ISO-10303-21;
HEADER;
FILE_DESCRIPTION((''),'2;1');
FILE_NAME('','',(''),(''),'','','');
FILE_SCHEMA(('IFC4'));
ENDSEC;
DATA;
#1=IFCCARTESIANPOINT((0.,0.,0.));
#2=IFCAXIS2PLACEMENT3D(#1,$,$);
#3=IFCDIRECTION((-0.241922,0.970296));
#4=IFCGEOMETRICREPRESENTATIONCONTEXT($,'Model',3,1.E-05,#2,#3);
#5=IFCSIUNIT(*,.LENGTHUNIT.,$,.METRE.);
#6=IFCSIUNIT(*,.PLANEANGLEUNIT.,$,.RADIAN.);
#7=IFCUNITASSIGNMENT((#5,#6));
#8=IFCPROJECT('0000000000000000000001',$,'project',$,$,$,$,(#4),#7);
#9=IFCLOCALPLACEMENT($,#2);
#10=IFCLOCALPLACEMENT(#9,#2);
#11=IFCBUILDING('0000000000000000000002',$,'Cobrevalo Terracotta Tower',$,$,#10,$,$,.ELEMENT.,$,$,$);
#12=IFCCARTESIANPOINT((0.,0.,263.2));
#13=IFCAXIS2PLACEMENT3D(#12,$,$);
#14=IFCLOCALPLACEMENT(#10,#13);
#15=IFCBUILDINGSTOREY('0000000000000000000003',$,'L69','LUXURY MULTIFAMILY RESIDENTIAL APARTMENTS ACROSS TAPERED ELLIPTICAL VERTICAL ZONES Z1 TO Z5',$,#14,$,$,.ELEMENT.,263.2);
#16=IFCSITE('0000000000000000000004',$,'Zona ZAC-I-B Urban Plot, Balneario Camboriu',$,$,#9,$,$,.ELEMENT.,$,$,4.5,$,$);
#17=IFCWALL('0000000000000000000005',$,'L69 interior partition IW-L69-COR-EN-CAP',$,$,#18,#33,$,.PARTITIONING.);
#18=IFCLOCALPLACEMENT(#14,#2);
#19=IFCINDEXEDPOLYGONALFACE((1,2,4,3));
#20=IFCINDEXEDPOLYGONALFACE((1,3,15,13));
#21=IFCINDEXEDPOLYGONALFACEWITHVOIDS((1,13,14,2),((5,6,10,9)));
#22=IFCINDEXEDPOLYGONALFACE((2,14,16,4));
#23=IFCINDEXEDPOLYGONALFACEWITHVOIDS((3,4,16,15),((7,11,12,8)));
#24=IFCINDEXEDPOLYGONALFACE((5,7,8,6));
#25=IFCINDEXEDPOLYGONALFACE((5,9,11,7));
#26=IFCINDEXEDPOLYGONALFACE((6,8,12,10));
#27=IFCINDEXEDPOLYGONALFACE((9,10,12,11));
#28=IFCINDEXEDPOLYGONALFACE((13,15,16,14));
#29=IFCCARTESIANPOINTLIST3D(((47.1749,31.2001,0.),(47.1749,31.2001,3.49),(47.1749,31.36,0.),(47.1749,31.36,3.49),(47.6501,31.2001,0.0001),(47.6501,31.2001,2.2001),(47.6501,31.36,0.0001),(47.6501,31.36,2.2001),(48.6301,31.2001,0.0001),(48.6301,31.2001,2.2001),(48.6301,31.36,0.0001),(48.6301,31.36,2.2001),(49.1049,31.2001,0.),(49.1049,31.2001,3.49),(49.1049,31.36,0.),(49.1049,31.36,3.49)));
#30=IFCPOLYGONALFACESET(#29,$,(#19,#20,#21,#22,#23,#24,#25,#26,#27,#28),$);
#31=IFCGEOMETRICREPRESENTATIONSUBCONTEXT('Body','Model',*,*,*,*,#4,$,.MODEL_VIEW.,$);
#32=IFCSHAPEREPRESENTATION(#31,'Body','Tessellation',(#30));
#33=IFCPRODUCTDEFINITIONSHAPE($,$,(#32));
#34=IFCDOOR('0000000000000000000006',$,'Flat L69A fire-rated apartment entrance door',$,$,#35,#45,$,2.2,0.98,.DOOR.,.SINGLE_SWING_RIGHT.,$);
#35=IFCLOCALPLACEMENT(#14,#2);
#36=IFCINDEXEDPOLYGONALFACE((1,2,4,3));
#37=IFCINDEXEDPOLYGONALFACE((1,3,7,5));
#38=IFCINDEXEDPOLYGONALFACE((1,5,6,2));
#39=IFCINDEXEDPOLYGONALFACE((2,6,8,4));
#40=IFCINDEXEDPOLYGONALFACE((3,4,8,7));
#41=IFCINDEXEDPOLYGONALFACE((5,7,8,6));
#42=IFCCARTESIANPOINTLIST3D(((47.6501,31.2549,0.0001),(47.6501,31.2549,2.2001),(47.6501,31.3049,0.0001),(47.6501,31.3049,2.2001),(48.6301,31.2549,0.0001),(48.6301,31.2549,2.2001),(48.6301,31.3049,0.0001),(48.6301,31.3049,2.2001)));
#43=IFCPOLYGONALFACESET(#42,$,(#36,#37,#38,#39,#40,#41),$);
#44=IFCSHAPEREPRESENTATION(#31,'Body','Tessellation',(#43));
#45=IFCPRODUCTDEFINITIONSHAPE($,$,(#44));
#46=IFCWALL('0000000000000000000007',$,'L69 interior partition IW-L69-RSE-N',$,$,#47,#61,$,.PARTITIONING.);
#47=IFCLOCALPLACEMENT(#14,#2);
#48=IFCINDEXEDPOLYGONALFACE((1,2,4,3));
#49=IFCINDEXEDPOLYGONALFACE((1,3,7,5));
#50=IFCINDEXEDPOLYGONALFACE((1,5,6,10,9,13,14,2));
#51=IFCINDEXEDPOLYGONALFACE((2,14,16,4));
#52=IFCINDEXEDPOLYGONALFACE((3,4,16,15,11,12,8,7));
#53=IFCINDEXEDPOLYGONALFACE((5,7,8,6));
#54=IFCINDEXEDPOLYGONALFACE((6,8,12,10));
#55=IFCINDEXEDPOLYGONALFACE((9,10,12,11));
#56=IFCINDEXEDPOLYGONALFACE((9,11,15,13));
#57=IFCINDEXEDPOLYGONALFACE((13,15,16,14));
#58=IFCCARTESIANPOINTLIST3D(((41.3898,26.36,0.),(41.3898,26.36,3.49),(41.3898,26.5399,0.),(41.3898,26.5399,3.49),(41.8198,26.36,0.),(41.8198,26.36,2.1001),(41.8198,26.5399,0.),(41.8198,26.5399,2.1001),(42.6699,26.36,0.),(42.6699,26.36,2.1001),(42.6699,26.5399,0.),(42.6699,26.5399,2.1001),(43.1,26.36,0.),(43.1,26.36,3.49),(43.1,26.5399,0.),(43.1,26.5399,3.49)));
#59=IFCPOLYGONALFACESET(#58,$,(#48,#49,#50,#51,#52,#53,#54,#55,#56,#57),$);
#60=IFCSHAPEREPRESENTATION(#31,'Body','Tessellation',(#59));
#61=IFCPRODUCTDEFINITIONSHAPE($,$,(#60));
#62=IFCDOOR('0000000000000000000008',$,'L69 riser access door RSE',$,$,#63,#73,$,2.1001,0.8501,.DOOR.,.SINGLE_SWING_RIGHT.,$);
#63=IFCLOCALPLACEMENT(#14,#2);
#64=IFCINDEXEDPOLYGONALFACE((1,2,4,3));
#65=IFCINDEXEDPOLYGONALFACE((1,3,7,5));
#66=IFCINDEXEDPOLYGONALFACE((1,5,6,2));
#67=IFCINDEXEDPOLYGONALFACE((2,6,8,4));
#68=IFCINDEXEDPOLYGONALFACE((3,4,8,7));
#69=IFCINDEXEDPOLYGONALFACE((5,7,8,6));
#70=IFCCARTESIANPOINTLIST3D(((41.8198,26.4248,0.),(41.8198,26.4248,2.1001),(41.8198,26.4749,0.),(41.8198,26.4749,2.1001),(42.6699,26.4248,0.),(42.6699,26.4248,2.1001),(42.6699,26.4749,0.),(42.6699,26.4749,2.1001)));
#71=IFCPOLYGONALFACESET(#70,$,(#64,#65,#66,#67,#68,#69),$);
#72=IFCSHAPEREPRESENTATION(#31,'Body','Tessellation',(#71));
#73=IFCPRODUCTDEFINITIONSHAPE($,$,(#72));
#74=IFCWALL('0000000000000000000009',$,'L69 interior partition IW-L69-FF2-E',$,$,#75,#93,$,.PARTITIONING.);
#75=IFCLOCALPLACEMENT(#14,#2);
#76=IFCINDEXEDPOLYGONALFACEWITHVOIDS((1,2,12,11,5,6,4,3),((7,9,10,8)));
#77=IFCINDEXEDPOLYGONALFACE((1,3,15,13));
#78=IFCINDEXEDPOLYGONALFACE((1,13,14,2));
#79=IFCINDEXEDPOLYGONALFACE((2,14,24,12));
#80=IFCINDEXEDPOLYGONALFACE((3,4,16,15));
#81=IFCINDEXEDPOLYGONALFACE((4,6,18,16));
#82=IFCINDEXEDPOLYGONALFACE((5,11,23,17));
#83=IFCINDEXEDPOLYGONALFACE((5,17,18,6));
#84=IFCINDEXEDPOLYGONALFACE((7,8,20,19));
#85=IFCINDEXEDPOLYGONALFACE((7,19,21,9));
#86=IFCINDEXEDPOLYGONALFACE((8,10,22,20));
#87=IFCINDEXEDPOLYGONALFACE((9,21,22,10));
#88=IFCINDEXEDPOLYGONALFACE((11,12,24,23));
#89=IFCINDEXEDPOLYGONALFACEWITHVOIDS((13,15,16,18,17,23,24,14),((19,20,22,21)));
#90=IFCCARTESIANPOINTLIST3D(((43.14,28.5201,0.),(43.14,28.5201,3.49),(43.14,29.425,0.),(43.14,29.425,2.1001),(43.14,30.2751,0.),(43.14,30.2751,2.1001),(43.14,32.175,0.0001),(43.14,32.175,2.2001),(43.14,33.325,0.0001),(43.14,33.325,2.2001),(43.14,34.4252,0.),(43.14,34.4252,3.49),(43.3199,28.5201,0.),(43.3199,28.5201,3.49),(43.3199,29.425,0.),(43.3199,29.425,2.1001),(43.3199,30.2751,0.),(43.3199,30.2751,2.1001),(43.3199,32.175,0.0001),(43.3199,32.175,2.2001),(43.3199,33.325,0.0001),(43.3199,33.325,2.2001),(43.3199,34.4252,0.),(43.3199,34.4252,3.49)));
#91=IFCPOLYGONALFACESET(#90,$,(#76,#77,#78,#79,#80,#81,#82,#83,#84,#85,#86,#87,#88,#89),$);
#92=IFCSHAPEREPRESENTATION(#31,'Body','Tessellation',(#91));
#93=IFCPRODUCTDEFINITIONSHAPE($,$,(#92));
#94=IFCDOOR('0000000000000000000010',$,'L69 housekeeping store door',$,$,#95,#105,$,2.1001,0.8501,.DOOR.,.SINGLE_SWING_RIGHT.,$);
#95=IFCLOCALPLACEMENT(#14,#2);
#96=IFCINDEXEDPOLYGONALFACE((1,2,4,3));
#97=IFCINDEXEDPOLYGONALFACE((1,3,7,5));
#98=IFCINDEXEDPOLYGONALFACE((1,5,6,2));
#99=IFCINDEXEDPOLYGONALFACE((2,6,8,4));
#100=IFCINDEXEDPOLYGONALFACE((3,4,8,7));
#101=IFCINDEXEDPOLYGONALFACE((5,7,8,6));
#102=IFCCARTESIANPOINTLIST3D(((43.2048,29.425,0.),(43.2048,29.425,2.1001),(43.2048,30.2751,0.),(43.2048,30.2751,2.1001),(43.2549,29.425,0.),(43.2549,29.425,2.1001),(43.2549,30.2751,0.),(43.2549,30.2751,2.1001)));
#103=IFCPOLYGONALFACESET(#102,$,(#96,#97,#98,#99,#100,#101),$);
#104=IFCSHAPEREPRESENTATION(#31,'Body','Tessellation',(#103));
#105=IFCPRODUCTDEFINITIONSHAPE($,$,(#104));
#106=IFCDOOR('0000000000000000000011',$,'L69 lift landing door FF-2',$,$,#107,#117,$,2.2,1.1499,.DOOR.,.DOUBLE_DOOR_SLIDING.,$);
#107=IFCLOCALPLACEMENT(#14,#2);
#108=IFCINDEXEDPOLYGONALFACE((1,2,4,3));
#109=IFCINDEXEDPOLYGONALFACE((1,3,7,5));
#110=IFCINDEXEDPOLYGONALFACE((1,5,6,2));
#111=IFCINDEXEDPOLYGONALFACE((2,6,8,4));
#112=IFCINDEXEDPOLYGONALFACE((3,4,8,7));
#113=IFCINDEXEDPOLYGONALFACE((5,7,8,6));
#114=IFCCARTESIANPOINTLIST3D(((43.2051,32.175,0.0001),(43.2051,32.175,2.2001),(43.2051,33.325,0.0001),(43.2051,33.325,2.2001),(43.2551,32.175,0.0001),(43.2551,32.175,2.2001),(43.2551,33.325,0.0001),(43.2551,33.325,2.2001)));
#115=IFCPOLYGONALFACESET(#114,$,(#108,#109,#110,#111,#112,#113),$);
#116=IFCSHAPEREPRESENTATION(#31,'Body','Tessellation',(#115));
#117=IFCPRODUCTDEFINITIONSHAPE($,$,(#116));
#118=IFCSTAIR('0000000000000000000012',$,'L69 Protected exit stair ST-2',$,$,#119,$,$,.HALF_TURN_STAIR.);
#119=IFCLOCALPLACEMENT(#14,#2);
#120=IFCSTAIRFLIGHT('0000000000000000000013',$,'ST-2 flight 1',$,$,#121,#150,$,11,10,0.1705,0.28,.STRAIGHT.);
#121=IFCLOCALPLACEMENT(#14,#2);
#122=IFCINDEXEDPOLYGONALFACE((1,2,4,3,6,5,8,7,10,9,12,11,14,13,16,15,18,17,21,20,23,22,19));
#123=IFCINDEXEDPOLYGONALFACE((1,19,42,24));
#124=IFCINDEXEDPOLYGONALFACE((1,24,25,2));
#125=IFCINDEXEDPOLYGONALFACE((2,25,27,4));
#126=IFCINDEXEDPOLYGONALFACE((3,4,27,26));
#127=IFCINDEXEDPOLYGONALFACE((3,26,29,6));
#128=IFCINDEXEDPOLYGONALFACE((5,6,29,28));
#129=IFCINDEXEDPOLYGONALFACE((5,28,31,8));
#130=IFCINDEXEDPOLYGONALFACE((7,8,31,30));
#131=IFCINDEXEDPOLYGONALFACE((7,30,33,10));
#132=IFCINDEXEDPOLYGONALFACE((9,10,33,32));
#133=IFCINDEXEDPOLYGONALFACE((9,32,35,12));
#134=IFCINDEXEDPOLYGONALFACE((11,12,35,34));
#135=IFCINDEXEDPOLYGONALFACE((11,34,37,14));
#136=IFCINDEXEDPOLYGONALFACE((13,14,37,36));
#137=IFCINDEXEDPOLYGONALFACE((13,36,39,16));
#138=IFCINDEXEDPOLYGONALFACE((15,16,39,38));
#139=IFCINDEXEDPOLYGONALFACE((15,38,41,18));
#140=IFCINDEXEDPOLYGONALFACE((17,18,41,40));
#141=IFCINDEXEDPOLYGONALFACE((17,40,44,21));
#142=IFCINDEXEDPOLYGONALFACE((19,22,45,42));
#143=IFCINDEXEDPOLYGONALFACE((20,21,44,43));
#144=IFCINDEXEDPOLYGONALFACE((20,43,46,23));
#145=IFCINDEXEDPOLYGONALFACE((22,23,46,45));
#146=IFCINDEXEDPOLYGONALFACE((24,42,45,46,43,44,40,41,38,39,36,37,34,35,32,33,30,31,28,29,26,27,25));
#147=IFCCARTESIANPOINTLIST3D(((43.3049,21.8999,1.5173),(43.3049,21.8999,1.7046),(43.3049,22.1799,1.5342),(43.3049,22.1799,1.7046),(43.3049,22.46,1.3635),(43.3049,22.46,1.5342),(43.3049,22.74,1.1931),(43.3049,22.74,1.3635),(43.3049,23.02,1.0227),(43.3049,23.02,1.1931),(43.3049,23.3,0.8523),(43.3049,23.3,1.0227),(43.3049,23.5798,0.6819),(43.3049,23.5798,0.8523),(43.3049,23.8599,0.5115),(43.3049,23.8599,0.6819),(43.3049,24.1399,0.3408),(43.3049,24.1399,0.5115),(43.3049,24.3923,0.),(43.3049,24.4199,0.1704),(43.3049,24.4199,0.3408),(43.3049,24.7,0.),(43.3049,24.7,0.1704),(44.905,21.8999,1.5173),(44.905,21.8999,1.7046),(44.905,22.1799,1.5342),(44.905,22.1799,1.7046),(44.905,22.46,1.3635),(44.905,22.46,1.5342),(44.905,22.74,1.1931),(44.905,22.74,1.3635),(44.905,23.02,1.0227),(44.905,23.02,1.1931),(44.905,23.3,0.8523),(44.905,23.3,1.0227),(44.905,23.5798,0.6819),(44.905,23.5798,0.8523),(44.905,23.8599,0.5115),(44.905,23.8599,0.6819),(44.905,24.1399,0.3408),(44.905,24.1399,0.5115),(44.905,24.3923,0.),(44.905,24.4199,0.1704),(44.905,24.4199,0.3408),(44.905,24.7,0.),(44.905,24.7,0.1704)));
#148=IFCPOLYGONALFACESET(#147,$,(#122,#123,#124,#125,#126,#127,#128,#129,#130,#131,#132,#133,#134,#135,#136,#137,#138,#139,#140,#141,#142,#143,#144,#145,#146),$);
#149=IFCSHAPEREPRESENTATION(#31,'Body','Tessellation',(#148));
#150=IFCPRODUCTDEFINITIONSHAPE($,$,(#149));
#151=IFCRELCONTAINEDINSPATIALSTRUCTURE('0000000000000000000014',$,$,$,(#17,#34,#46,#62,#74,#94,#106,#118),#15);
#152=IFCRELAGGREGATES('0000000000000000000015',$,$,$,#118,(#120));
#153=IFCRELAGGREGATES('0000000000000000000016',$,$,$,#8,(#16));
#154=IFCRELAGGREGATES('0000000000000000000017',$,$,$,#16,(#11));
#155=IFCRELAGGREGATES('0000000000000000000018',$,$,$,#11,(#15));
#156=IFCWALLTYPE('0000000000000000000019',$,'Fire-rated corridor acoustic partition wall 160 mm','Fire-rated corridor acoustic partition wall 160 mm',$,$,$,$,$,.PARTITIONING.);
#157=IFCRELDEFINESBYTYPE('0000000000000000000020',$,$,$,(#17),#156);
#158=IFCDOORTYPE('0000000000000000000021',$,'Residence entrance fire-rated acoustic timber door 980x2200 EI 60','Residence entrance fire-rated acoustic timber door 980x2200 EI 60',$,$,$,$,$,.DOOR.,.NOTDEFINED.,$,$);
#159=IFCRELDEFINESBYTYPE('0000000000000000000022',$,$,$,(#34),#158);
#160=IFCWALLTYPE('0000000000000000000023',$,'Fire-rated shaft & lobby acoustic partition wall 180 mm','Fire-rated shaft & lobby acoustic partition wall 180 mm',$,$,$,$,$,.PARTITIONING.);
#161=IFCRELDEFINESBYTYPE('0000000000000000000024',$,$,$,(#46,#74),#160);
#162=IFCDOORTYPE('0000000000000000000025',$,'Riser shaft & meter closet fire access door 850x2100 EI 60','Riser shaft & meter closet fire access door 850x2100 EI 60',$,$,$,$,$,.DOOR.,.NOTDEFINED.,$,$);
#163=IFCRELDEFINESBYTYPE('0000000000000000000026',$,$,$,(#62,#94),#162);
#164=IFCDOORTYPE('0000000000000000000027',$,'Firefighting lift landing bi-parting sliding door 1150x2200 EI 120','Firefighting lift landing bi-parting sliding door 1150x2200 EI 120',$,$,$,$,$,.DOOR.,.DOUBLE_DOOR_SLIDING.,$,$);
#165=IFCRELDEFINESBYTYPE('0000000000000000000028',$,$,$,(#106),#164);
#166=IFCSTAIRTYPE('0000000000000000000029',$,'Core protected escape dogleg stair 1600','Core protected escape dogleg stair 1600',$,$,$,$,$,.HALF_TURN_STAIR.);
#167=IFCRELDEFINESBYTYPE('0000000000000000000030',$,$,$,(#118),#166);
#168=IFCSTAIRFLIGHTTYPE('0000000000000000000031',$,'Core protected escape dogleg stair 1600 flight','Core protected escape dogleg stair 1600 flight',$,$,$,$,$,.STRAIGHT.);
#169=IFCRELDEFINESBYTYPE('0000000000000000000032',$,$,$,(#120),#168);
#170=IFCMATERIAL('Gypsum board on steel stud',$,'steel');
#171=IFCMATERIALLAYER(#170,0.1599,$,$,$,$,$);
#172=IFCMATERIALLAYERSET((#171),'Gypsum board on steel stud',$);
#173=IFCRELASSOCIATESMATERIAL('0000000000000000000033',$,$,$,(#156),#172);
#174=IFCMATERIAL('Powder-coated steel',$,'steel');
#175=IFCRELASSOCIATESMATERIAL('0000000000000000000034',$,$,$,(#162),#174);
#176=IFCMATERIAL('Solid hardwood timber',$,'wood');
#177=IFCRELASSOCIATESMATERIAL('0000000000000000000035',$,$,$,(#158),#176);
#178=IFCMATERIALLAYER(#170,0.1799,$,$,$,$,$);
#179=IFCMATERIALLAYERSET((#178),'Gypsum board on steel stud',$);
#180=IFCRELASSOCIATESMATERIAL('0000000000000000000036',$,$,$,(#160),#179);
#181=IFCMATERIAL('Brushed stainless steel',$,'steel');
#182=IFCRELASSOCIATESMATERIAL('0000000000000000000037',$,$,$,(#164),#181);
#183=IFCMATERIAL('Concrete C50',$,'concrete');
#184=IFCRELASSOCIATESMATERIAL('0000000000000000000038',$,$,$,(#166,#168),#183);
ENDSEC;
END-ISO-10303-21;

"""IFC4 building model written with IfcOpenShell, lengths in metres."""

from ifc_helpers import new_model, si_unit, direction, frame, frame_2d, origin, place, context, subcontext, project, spatial, polyline, rectangle, outline, extrude, source, transform, mapped, material, layer, layer_set, type_object, element, fill, aggregate, save


model = new_model("IFC4")

# Units and contexts
model_context = context("Model", 3, precision=1e-05, world=origin(), true_north=direction((-0.241922, 0.970296)))
body_context = subcontext(model_context, "Body", "Model", "MODEL_VIEW")
ifc_project = project(units=[si_unit("LENGTHUNIT", "METRE"), si_unit("PLANEANGLEUNIT", "RADIAN")], contexts=[model_context])

# Site, building, storey
site_placement = place(None, origin())
site = spatial("IfcSite", under=ifc_project, at=site_placement, Name="Zona ZAC-I-B Urban Plot, Balneario Camboriu", CompositionType="ELEMENT", RefElevation=4.5)
building_placement = place(site_placement, origin())
building = spatial("IfcBuilding", under=site, at=building_placement, Name="Cobrevalo Terracotta Tower", CompositionType="ELEMENT")
storey_placement = place(building_placement, frame((0.0, 0.0, 263.2)))
storey = spatial("IfcBuildingStorey", under=building, at=storey_placement, Name="L69", Description="LUXURY MULTIFAMILY RESIDENTIAL APARTMENTS ACROSS TAPERED ELLIPTICAL VERTICAL ZONES Z1 TO Z5", CompositionType="ELEMENT", Elevation=263.2)

# Shared definitions
ifc_material_1 = material(Name="Concrete C50", Category="concrete")

# Shared definitions
ifc_material_2 = material(Name="Gypsum board on steel stud", Category="steel")
ifc_layer_1 = layer(ifc_material_2, 0.1599)
ifc_layer_set_1 = layer_set([ifc_layer_1], Name="Gypsum board on steel stud")
wall_type_1 = type_object("IfcWallType", Name="Fire-rated corridor acoustic partition wall 160 mm", Description="Fire-rated corridor acoustic partition wall 160 mm", PredefinedType="PARTITIONING", material=ifc_layer_set_1)

# Shared definitions
ifc_material_3 = material(Name="Powder-coated steel", Category="steel")
door_type_1 = type_object("IfcDoorType", Name="Riser shaft & meter closet fire access door 850x2100 EI 60", Description="Riser shaft & meter closet fire access door 850x2100 EI 60", OperationType="NOTDEFINED", PredefinedType="DOOR", material=ifc_material_3)
shared_shape_1 = source(origin(), body_context, "Body", "SweptSolid", [
    extrude(rectangle(XDim=0.8501, YDim=2.1001, at=frame_2d((0.425, 1.05))), frame((0.0, 0.0249, 0.0), z_axis=(0.0, -1.0, 0.0), x_axis=(1.0, 0.0, 0.0)), (0.0, 0.0, 1.0), 0.05),
])

# Shared definitions
ifc_material_4 = material(Name="Brushed stainless steel", Category="steel")

# Walls, openings, doors
wall_1_placement = place(storey_placement, frame((47.175, 31.28, 0.0), z_axis=(0.0, 0.0, 1.0), x_axis=(1.0, 0.0, 0.0)))
wall_1 = element("IfcWall", 1, at=wall_1_placement, inside=storey, type_object=wall_type_1, Name="L69 interior partition IW-L69-COR-EN-CAP", PredefinedType="PARTITIONING", context=body_context, shape_type="SweptSolid", body=[
    extrude(rectangle(XDim=1.9299, YDim=0.1599, at=frame_2d((0.9648, 0.0))), origin(), (0.0, 0.0, 1.0), 3.49),
])
opening_1_placement = place(wall_1_placement, frame((0.4751, 0.0, 0.0)))
opening_1 = element("IfcOpeningElement", 2, at=opening_1_placement, cuts=wall_1, PredefinedType="OPENING", context=body_context, shape_type="SweptSolid", body=[
    extrude(rectangle(XDim=0.98, YDim=2.2, at=frame_2d((0.49, 1.1001))), frame((0.0, 0.0898, 0.0), z_axis=(0.0, -1.0, 0.0), x_axis=(1.0, 0.0, 0.0)), (0.0, 0.0, 1.0), 0.1799),
])
ifc_material_5 = material(Name="Solid hardwood timber", Category="wood")
door_type_2 = type_object("IfcDoorType", Name="Residence entrance fire-rated acoustic timber door 980x2200 EI 60", Description="Residence entrance fire-rated acoustic timber door 980x2200 EI 60", OperationType="NOTDEFINED", PredefinedType="DOOR", material=ifc_material_5)
shared_shape_2 = source(origin(), body_context, "Body", "SweptSolid", [
    extrude(rectangle(XDim=0.98, YDim=2.2, at=frame_2d((0.49, 1.1001))), frame((0.0, 0.0249, 0.0), z_axis=(0.0, -1.0, 0.0), x_axis=(1.0, 0.0, 0.0)), (0.0, 0.0, 1.0), 0.05),
])
door_1_placement = place(opening_1_placement, origin())
door_1 = element("IfcDoor", 3, at=door_1_placement, inside=storey, type_object=door_type_2, Name="Flat L69A fire-rated apartment entrance door", OperationType="SINGLE_SWING_RIGHT", OverallHeight=2.2, OverallWidth=0.98, PredefinedType="DOOR", context=body_context, shape_type="MappedRepresentation", body=[
    mapped(shared_shape_2, transform((0.0, 0.0, 0.0), scale=1.0)),
])
fill(opening_1, door_1)
ifc_layer_2 = layer(ifc_material_2, 0.1799)
ifc_layer_set_2 = layer_set([ifc_layer_2], Name="Gypsum board on steel stud")
wall_type_2 = type_object("IfcWallType", Name="Fire-rated shaft & lobby acoustic partition wall 180 mm", Description="Fire-rated shaft & lobby acoustic partition wall 180 mm", PredefinedType="PARTITIONING", material=ifc_layer_set_2)
wall_2_placement = place(storey_placement, frame((41.3899, 26.45, 0.0), z_axis=(0.0, 0.0, 1.0), x_axis=(1.0, 0.0, 0.0)))
wall_2 = element("IfcWall", 4, at=wall_2_placement, inside=storey, type_object=wall_type_2, Name="L69 interior partition IW-L69-RSE-N", PredefinedType="PARTITIONING", context=body_context, shape_type="SweptSolid", body=[
    extrude(rectangle(XDim=1.7102, YDim=0.1799, at=frame_2d((0.855, 0.0))), origin(), (0.0, 0.0, 1.0), 3.49),
])
opening_2_placement = place(wall_2_placement, frame((0.4299, 0.0, 0.0)))
opening_2 = element("IfcOpeningElement", 5, at=opening_2_placement, cuts=wall_2, PredefinedType="OPENING", context=body_context, shape_type="SweptSolid", body=[
    extrude(rectangle(XDim=0.8501, YDim=2.1001, at=frame_2d((0.425, 1.05))), frame((0.0, 0.1001, 0.0), z_axis=(0.0, -1.0, 0.0), x_axis=(1.0, 0.0, 0.0)), (0.0, 0.0, 1.0), 0.2),
])
door_2_placement = place(opening_2_placement, origin())
door_2 = element("IfcDoor", 6, at=door_2_placement, inside=storey, type_object=door_type_1, Name="L69 riser access door RSE", OperationType="SINGLE_SWING_RIGHT", OverallHeight=2.1001, OverallWidth=0.8501, PredefinedType="DOOR", context=body_context, shape_type="MappedRepresentation", body=[
    mapped(shared_shape_1, transform((0.0, 0.0, 0.0), scale=1.0)),
])
fill(opening_2, door_2)

# Wall, openings, doors
wall_3_placement = place(storey_placement, frame((43.23, 28.52, 0.0), z_axis=(0.0, 0.0, 1.0), x_axis=(0.0, 1.0, 0.0)))
wall_3 = element("IfcWall", 7, at=wall_3_placement, inside=storey, type_object=wall_type_2, Name="L69 interior partition IW-L69-FF2-E", PredefinedType="PARTITIONING", context=body_context, shape_type="SweptSolid", body=[
    extrude(rectangle(XDim=5.905, YDim=0.1799, at=frame_2d((2.9526, 0.0))), origin(), (0.0, 0.0, 1.0), 3.49),
])
opening_3_placement = place(wall_3_placement, frame((0.905, 0.0, 0.0)))
opening_3 = element("IfcOpeningElement", 8, at=opening_3_placement, cuts=wall_3, PredefinedType="OPENING", context=body_context, shape_type="SweptSolid", body=[
    extrude(rectangle(XDim=0.8501, YDim=2.1001, at=frame_2d((0.425, 1.05))), frame((0.0, 0.1001, 0.0), z_axis=(0.0, -1.0, 0.0), x_axis=(1.0, 0.0, 0.0)), (0.0, 0.0, 1.0), 0.2),
])
opening_4_placement = place(wall_3_placement, frame((3.655, 0.0, 0.0)))
opening_4 = element("IfcOpeningElement", 9, at=opening_4_placement, cuts=wall_3, PredefinedType="OPENING", context=body_context, shape_type="SweptSolid", body=[
    extrude(rectangle(XDim=1.1499, YDim=2.2, at=frame_2d((0.575, 1.1001))), frame((0.0, 0.1001, 0.0), z_axis=(0.0, -1.0, 0.0), x_axis=(1.0, 0.0, 0.0)), (0.0, 0.0, 1.0), 0.2),
])
door_3_placement = place(opening_3_placement, frame((0.8501, 0.0, 0.0), z_axis=(0.0, 0.0, 1.0), x_axis=(-1.0, 0.0, 0.0)))
door_3 = element("IfcDoor", 10, at=door_3_placement, inside=storey, type_object=door_type_1, Name="L69 housekeeping store door", OperationType="SINGLE_SWING_RIGHT", OverallHeight=2.1001, OverallWidth=0.8501, PredefinedType="DOOR", context=body_context, shape_type="MappedRepresentation", body=[
    mapped(shared_shape_1, transform((0.0, 0.0, 0.0), scale=1.0)),
])
fill(opening_3, door_3)
door_type_3 = type_object("IfcDoorType", Name="Firefighting lift landing bi-parting sliding door 1150x2200 EI 120", Description="Firefighting lift landing bi-parting sliding door 1150x2200 EI 120", OperationType="DOUBLE_DOOR_SLIDING", PredefinedType="DOOR", material=ifc_material_4)
shared_shape_3 = source(origin(), body_context, "Body", "SweptSolid", [
    extrude(rectangle(XDim=1.1499, YDim=2.2, at=frame_2d((0.575, 1.1001))), frame((0.0, 0.0249, 0.0), z_axis=(0.0, -1.0, 0.0), x_axis=(1.0, 0.0, 0.0)), (0.0, 0.0, 1.0), 0.05),
])
door_4_placement = place(opening_4_placement, origin())
door_4 = element("IfcDoor", 11, at=door_4_placement, inside=storey, type_object=door_type_3, Name="L69 lift landing door FF-2", OperationType="DOUBLE_DOOR_SLIDING", OverallHeight=2.2, OverallWidth=1.1499, PredefinedType="DOOR", context=body_context, shape_type="MappedRepresentation", body=[
    mapped(shared_shape_3, transform((0.0, 0.0, 0.0), scale=1.0)),
])
fill(opening_4, door_4)

# Stair, stair flight
stair_type = type_object("IfcStairType", Name="Core protected escape dogleg stair 1600", Description="Core protected escape dogleg stair 1600", PredefinedType="HALF_TURN_STAIR", material=ifc_material_1)
stair_placement = place(storey_placement, origin())
stair = element("IfcStair", 12, at=stair_placement, inside=storey, type_object=stair_type, Name="L69 Protected exit stair ST-2", PredefinedType="HALF_TURN_STAIR")
stair_flight_type = type_object("IfcStairFlightType", Name="Core protected escape dogleg stair 1600 flight", Description="Core protected escape dogleg stair 1600 flight", PredefinedType="STRAIGHT", material=ifc_material_1)
stair_flight_placement = place(storey_placement, frame((44.105, 24.7, 0.0), z_axis=(0.0, 0.0, 1.0), x_axis=(0.0, -1.0, 0.0)))
stair_flight = element("IfcStairFlight", 13, at=stair_flight_placement, type_object=stair_flight_type, Name="ST-2 flight 1", NumberOfRisers=11, NumberOfTreads=10, PredefinedType="STRAIGHT", RiserHeight=0.1705, TreadLength=0.28, context=body_context, shape_type="SweptSolid", body=[
    extrude(outline(polyline([(0.0, 0.0), (0.0, 0.1704), (0.28, 0.1704), (0.28, 0.3408), (0.5601, 0.3408), (0.5601, 0.5115), (0.8401, 0.5115), (0.8401, 0.6819), (1.1201, 0.6819), (1.1201, 0.8523), (1.3999, 0.8523), (1.3999, 1.0227), (1.6799, 1.0227), (1.6799, 1.1931), (1.96, 1.1931), (1.96, 1.3635), (2.24, 1.3635), (2.24, 1.5342), (2.52, 1.5342), (2.52, 1.7046), (2.8, 1.7046), (2.8, 1.875), (2.8, 1.5173), (0.3076, 0.0), (0.0, 0.0)])), frame((0.0, 0.8, 0.0), z_axis=(0.0, -1.0, 0.0), x_axis=(1.0, 0.0, 0.0)), (0.0, 0.0, 1.0), 1.6001),
])
aggregate(stair, [stair_flight])

save(model, "model.ifc")
